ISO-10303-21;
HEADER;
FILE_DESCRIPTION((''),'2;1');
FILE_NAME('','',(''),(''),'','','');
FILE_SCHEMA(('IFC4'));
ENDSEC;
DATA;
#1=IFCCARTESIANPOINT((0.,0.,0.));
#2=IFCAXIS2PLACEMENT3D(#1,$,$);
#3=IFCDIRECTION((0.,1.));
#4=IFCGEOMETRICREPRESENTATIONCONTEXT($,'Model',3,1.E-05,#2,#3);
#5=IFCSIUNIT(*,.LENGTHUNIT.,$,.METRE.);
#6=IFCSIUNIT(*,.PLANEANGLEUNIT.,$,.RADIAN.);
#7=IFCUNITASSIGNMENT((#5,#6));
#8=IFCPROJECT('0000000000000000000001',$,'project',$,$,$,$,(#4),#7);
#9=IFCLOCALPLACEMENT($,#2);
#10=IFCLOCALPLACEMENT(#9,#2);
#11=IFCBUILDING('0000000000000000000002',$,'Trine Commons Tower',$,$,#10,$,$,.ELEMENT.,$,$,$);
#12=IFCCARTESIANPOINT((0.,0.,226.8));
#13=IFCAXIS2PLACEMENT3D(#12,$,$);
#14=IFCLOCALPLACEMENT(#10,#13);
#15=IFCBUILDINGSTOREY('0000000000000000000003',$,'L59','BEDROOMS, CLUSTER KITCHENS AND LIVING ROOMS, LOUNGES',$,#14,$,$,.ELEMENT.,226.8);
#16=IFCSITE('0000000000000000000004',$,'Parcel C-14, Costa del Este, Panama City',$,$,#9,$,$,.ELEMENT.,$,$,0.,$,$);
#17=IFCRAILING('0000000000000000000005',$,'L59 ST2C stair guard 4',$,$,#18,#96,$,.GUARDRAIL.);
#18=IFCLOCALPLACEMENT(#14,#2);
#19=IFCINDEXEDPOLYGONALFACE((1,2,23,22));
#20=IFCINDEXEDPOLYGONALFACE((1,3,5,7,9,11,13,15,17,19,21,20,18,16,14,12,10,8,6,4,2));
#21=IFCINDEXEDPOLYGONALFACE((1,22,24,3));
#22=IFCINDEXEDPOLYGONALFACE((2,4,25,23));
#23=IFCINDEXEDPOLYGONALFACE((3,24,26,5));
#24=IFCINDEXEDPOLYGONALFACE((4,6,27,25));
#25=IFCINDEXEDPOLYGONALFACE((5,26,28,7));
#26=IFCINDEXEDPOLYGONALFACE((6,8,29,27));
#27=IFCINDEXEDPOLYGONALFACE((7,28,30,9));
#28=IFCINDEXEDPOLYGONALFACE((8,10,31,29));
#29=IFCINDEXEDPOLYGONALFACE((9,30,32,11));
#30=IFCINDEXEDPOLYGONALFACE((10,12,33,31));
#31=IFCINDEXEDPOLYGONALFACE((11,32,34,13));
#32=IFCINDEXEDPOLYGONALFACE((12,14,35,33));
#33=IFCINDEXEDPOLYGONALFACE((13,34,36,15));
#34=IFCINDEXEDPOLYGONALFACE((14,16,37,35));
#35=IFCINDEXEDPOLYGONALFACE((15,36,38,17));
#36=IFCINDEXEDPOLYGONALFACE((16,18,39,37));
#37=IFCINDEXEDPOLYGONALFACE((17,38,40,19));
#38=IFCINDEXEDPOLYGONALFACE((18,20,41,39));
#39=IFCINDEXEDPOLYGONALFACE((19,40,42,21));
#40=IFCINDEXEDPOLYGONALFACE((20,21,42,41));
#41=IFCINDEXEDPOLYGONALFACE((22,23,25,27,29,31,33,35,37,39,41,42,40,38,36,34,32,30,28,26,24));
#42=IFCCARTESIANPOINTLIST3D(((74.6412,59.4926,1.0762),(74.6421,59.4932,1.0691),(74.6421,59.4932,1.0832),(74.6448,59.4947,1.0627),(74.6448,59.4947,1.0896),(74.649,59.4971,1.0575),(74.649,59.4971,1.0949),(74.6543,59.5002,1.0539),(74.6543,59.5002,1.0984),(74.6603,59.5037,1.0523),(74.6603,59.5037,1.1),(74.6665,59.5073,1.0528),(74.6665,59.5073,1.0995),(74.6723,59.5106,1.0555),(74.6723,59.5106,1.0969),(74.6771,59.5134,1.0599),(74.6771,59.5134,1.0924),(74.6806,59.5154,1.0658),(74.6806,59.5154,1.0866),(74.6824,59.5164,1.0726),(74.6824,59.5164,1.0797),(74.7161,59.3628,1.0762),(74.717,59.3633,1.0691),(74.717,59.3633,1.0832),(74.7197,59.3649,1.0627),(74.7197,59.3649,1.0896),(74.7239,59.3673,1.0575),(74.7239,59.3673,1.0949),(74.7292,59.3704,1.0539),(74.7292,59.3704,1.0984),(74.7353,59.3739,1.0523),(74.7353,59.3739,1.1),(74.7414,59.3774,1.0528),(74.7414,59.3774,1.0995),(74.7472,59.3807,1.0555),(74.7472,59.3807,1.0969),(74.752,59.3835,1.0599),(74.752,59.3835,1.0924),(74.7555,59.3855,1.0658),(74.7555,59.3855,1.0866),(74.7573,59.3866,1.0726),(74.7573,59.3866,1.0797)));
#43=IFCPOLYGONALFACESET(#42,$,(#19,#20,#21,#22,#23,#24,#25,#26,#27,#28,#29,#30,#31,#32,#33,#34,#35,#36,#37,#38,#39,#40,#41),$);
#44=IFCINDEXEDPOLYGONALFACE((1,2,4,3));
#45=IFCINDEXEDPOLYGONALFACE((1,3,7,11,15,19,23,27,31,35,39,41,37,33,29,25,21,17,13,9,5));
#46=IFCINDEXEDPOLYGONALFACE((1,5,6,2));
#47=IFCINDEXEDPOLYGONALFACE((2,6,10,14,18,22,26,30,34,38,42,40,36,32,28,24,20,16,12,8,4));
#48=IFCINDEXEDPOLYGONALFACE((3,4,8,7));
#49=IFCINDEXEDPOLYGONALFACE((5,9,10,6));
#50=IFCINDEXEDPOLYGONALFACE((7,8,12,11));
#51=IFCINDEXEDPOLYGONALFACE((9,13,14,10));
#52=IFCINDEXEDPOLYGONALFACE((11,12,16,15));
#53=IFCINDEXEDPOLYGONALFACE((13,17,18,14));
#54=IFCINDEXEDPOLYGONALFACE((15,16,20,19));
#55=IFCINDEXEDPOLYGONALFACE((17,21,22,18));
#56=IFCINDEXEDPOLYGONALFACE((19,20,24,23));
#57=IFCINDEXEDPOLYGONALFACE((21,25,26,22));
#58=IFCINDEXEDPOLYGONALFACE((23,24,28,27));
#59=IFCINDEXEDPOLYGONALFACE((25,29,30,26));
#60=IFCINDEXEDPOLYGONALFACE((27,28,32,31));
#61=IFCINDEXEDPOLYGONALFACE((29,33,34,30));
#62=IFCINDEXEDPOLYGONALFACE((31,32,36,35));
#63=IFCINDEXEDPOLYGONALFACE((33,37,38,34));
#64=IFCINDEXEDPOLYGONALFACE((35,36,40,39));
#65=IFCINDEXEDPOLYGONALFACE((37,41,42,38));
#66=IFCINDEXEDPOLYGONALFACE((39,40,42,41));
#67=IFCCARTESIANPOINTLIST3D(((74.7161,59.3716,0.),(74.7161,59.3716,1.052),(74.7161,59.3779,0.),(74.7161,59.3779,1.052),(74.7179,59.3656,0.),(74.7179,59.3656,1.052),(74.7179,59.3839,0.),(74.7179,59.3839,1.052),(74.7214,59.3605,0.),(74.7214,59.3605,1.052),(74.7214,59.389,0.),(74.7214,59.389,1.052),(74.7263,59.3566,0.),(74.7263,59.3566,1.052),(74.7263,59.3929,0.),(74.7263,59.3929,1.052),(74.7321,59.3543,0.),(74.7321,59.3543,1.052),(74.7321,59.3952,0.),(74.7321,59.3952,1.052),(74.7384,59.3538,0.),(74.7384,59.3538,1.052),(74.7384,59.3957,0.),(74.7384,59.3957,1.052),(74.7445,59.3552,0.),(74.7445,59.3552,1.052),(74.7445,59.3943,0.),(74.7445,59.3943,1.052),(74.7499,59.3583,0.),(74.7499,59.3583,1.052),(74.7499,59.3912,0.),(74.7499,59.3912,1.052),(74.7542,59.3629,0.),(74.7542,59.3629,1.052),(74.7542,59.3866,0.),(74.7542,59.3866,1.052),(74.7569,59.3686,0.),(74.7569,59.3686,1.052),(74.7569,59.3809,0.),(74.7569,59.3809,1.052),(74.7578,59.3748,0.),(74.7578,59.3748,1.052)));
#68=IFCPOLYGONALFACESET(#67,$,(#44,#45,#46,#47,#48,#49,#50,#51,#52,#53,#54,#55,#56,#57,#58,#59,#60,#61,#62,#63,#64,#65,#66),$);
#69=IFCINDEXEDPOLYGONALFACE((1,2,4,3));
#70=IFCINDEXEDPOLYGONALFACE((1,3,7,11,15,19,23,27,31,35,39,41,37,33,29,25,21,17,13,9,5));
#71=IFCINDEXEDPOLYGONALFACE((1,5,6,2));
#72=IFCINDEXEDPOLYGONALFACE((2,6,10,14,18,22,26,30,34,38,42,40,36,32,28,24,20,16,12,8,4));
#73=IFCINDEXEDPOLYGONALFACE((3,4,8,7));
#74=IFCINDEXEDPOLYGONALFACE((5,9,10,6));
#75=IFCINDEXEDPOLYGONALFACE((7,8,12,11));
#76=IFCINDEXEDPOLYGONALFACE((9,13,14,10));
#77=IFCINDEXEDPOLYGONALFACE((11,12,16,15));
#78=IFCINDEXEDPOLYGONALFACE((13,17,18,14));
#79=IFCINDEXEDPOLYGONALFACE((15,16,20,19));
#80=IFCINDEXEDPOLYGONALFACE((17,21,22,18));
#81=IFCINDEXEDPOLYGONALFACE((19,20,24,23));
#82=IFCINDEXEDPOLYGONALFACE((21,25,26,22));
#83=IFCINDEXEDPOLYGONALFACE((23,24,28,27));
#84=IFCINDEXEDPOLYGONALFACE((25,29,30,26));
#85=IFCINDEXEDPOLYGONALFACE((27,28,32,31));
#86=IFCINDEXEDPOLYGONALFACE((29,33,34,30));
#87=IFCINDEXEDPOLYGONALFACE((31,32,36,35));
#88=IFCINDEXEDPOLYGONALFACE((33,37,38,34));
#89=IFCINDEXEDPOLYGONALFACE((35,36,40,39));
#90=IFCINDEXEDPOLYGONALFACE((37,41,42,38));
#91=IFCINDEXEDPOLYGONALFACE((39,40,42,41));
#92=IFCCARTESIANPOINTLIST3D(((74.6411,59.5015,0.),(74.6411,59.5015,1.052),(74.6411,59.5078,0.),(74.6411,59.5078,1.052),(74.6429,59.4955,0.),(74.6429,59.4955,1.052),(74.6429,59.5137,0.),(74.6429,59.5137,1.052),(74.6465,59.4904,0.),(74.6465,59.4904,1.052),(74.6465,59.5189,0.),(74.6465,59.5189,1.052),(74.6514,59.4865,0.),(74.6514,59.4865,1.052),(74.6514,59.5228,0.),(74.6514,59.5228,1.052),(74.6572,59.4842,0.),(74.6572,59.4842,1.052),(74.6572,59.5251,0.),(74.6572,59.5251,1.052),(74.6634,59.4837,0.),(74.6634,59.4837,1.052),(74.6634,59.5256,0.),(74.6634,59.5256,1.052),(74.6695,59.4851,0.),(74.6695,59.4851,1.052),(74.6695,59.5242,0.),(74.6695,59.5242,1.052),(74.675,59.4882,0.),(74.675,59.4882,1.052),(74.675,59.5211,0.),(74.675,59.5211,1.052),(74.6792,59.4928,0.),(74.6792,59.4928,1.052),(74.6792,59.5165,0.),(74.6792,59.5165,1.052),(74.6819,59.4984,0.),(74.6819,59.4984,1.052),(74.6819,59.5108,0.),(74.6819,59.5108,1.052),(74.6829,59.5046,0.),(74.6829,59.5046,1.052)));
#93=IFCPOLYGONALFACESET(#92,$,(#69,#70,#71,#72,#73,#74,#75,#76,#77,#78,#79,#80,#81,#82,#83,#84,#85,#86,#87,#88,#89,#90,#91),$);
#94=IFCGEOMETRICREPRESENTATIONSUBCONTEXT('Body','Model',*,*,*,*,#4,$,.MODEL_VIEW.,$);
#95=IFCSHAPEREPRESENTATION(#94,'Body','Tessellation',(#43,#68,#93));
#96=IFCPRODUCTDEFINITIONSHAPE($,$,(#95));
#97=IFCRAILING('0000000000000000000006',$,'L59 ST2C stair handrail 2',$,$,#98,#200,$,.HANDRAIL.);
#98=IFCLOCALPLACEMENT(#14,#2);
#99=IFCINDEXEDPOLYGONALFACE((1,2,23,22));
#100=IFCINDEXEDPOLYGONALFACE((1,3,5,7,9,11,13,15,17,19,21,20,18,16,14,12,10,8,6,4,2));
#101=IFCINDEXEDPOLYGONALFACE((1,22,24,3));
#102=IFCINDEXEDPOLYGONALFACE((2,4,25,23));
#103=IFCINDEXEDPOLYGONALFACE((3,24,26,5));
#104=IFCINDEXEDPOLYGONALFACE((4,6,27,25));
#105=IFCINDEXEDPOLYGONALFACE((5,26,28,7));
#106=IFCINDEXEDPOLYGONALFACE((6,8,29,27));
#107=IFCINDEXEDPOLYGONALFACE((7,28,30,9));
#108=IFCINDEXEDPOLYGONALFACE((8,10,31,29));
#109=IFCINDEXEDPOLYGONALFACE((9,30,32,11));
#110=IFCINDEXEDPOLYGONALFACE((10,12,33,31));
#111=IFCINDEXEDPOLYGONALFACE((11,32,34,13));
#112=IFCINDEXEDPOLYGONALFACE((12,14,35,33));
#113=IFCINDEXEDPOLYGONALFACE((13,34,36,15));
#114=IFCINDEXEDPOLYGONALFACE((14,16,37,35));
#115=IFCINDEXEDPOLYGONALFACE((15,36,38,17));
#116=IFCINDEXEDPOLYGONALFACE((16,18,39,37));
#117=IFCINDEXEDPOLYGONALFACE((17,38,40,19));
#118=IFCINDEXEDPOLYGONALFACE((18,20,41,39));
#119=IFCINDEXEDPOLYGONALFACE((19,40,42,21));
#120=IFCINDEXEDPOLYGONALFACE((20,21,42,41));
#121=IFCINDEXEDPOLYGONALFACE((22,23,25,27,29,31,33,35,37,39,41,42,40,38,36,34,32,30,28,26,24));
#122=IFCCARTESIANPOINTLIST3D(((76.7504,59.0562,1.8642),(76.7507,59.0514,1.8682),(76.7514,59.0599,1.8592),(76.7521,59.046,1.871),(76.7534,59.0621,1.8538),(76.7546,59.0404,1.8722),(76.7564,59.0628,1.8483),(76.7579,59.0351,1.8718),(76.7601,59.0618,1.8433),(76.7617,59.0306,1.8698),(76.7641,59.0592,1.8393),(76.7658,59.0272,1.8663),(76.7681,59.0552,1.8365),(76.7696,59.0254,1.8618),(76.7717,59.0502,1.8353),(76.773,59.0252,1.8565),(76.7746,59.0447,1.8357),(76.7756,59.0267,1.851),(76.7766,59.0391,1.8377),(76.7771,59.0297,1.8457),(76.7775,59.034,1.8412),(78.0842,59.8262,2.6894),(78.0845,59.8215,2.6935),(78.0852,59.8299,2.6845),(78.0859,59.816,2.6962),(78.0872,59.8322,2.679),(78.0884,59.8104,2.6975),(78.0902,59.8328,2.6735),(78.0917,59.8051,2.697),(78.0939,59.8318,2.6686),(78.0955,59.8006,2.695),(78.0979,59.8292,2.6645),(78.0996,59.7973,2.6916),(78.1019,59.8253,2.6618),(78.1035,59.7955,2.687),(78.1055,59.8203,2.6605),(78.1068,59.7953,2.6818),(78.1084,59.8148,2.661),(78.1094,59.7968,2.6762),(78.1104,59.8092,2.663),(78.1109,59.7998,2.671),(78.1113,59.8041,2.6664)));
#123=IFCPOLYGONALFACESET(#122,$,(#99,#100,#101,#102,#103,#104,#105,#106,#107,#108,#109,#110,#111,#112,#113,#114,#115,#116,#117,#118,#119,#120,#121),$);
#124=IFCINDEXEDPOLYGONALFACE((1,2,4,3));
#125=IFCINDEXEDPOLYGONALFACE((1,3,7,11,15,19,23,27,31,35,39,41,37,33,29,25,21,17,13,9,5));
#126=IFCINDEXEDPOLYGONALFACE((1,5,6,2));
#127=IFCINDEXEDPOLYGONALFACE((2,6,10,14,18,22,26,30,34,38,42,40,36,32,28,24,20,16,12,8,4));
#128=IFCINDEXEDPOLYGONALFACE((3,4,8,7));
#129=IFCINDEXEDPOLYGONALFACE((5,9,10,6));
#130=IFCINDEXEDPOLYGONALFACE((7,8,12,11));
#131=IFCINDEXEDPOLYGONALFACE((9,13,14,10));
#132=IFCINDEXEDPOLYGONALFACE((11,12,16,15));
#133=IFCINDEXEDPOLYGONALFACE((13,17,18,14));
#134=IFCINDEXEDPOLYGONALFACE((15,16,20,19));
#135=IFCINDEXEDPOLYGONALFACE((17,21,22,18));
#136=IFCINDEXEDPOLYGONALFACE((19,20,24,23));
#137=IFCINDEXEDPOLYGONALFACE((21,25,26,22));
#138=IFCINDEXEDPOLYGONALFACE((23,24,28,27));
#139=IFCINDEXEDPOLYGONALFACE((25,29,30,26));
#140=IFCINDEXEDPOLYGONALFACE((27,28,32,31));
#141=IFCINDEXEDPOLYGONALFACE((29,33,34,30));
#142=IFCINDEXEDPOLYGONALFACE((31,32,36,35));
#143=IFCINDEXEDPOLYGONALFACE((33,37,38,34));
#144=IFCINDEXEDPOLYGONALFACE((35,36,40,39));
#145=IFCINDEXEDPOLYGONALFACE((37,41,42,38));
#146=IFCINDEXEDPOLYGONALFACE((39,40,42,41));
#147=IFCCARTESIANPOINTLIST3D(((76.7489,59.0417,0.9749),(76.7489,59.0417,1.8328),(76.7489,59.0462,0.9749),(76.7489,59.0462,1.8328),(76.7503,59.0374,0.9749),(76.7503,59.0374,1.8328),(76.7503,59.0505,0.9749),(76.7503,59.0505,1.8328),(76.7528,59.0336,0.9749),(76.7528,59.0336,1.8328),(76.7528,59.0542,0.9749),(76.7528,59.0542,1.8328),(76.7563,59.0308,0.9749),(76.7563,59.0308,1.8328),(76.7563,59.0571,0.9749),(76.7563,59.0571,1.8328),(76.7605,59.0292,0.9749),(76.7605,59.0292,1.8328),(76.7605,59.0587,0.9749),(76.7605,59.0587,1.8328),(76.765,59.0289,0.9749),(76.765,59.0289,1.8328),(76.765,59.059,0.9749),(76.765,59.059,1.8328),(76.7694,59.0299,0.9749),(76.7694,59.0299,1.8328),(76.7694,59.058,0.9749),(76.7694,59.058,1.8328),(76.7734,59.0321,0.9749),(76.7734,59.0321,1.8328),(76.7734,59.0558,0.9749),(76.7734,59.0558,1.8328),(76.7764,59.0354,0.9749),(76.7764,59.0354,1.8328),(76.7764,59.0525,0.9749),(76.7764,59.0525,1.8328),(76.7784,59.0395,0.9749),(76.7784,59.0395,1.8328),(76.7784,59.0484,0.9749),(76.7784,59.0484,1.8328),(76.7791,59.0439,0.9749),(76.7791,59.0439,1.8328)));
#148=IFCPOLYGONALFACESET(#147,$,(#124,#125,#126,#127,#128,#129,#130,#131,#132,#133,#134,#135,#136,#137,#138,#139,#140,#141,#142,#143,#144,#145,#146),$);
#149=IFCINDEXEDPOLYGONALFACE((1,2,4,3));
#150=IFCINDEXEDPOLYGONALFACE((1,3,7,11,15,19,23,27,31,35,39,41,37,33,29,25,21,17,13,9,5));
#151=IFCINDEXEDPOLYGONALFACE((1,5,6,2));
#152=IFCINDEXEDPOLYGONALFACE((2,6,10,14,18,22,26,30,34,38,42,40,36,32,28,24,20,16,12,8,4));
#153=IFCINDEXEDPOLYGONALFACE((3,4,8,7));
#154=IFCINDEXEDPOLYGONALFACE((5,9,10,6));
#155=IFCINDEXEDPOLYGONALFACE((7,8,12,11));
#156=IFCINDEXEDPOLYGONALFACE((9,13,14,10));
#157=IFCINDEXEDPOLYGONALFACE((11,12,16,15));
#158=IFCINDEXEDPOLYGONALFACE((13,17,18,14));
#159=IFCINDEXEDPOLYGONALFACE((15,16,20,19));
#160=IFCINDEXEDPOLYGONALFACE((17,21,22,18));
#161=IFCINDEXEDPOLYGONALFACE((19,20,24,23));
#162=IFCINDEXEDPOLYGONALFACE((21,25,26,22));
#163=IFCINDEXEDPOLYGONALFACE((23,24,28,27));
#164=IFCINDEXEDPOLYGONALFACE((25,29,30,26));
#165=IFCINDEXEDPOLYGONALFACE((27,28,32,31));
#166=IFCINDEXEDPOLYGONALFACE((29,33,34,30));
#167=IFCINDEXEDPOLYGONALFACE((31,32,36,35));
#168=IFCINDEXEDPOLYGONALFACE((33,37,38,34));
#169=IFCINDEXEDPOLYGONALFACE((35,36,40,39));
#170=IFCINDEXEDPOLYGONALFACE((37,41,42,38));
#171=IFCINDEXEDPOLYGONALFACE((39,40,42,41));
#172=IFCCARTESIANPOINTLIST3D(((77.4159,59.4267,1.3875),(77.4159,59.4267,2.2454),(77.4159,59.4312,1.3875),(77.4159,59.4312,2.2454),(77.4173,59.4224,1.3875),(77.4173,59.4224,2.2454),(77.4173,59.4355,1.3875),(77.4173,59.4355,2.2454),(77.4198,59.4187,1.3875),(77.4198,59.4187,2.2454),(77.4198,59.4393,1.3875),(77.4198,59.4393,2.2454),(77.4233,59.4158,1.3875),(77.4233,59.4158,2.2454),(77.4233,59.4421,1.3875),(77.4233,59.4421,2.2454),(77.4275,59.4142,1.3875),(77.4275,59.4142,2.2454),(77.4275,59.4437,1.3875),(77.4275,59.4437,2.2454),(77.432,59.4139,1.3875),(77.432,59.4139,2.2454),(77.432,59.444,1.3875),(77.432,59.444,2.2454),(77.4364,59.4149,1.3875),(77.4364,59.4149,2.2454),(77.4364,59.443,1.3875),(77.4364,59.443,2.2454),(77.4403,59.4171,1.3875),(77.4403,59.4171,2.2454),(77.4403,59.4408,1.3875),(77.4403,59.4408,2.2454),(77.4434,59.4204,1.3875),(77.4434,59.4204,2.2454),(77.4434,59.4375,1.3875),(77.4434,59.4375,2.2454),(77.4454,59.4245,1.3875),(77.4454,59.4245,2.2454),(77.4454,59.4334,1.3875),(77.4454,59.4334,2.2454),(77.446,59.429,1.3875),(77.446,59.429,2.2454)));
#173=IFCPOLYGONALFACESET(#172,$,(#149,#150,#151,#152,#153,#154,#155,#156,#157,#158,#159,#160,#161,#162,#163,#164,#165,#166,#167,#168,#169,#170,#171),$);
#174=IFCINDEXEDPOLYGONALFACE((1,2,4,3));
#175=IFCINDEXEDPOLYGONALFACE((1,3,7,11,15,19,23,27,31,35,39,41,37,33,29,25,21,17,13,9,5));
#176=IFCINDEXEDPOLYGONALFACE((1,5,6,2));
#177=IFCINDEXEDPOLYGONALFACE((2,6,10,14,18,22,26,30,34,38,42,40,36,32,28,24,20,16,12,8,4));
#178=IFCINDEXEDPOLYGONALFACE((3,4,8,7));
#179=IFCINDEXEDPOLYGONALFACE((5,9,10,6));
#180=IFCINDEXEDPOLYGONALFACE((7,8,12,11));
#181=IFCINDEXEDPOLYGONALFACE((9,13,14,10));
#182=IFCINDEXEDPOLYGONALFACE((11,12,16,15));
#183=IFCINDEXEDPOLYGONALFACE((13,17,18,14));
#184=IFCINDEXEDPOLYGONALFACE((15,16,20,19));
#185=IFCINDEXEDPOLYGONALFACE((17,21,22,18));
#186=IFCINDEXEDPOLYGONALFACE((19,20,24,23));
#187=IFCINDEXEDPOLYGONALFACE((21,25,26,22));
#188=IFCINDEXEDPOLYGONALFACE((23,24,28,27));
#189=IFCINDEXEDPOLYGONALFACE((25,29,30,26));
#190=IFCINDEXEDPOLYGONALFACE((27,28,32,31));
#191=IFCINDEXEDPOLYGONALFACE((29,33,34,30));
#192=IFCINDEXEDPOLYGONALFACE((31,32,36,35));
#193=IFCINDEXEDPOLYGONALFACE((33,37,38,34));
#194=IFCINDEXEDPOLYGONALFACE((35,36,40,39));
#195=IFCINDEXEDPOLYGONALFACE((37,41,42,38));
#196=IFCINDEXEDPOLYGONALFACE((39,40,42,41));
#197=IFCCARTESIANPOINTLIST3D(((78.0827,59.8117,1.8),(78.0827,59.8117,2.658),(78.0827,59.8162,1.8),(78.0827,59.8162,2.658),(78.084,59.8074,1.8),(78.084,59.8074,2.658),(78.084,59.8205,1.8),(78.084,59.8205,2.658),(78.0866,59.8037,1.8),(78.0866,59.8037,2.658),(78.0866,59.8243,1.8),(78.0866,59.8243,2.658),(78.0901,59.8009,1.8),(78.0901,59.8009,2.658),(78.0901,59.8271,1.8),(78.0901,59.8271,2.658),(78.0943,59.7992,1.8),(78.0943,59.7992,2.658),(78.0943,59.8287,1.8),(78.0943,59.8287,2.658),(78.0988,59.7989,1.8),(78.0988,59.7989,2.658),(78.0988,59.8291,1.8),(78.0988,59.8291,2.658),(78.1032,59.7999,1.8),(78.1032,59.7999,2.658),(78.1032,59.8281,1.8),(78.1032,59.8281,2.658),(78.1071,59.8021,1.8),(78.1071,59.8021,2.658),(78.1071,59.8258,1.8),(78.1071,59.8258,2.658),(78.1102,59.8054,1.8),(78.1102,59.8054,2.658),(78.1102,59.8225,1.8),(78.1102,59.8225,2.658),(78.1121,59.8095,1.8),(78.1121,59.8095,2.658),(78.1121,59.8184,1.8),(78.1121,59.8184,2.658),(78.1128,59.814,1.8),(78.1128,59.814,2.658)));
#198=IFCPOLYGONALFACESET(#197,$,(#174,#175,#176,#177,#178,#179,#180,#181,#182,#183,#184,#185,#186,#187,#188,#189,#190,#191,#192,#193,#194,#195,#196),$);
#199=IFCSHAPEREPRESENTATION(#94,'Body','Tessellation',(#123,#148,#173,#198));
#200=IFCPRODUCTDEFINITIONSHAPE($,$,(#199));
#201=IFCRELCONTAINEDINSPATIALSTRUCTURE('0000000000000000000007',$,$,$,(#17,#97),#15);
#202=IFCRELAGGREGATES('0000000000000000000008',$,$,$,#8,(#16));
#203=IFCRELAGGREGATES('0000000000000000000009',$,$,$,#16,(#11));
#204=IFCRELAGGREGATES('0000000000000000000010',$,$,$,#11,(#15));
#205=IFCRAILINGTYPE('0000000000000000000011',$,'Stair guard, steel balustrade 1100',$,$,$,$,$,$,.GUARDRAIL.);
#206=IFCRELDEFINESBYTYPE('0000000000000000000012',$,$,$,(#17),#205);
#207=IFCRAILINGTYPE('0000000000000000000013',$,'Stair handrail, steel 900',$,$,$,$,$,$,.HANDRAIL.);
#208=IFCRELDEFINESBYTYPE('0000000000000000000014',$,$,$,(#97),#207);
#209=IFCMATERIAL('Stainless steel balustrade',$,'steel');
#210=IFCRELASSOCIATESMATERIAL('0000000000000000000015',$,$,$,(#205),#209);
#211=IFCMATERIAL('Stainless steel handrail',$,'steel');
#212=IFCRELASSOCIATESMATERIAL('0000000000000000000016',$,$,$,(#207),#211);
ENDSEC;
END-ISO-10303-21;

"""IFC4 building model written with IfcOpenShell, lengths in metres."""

from ifc_helpers import new_model, si_unit, direction, frame, origin, origin_2d, place, context, subcontext, project, spatial, circle, extrude, material, type_object, element, save


model = new_model("IFC4")

# Units and contexts
model_context = context("Model", 3, precision=1e-05, world=origin(), true_north=direction((0.0, 1.0)))
body_context = subcontext(model_context, "Body", "Model", "MODEL_VIEW")
ifc_project = project(units=[si_unit("LENGTHUNIT", "METRE"), si_unit("PLANEANGLEUNIT", "RADIAN")], contexts=[model_context])

# Site, building, storey
site_placement = place(None, origin())
site = spatial("IfcSite", under=ifc_project, at=site_placement, Name="Parcel C-14, Costa del Este, Panama City", CompositionType="ELEMENT", RefElevation=0.0)
building_placement = place(site_placement, origin())
building = spatial("IfcBuilding", under=site, at=building_placement, Name="Trine Commons Tower", CompositionType="ELEMENT")
storey_placement = place(building_placement, frame((0.0, 0.0, 226.8)))
storey = spatial("IfcBuildingStorey", under=building, at=storey_placement, Name="L59", Description="BEDROOMS, CLUSTER KITCHENS AND LIVING ROOMS, LOUNGES", CompositionType="ELEMENT", Elevation=226.8)

# Railings
ifc_material_1 = material(Name="Stainless steel balustrade", Category="steel")
railing_type_1 = type_object("IfcRailingType", Name="Stair guard, steel balustrade 1100", PredefinedType="GUARDRAIL", material=ifc_material_1)
railing_1_placement = place(storey_placement, frame((74.7368, 59.3748, 0.0)))
element("IfcRailing", 1, at=railing_1_placement, inside=storey, type_object=railing_type_1, Name="L59 ST2C stair guard 4", PredefinedType="GUARDRAIL", context=body_context, shape_type="SweptSolid", body=[
    extrude(circle(Radius=0.0239, at=origin_2d()), frame((0.0, 0.0, 1.0762), z_axis=(-0.499816, 0.866131, 0.0), x_axis=(-0.866131, -0.499816, 0.0)), (0.0, 0.0, 1.0), 0.1499),
    extrude(circle(Radius=0.021, at=origin_2d()), origin(), (0.0, 0.0, 1.0), 1.052),
    extrude(circle(Radius=0.021, at=origin_2d()), frame((-0.075, 0.1299, 0.0)), (0.0, 0.0, 1.0), 1.052),
])
ifc_material_2 = material(Name="Stainless steel handrail", Category="steel")
railing_type_2 = type_object("IfcRailingType", Name="Stair handrail, steel 900", PredefinedType="HANDRAIL", material=ifc_material_2)
railing_2_placement = place(storey_placement, frame((76.7639, 59.0439, 0.9749)))
element("IfcRailing", 2, at=railing_2_placement, inside=storey, type_object=railing_type_2, Name="L59 ST2C stair handrail 2", PredefinedType="HANDRAIL", context=body_context, shape_type="SweptSolid", body=[
    extrude(circle(Radius=0.021, at=origin_2d()), frame((0.0, 0.0, 0.8789), z_axis=(0.763355, 0.440714, 0.472293), x_axis=(-0.499992, 0.86603, 0.0)), (0.0, 0.0, 1.0), 1.7473),
    extrude(circle(Radius=0.0151, at=origin_2d()), origin(), (0.0, 0.0, 1.0), 0.8579),
    extrude(circle(Radius=0.0151, at=origin_2d()), frame((0.667, 0.385, 0.4126)), (0.0, 0.0, 1.0), 0.8579),
    extrude(circle(Radius=0.0151, at=origin_2d()), frame((1.3337, 0.77, 0.8252)), (0.0, 0.0, 1.0), 0.8579),
])

save(model, "model.ifc")
